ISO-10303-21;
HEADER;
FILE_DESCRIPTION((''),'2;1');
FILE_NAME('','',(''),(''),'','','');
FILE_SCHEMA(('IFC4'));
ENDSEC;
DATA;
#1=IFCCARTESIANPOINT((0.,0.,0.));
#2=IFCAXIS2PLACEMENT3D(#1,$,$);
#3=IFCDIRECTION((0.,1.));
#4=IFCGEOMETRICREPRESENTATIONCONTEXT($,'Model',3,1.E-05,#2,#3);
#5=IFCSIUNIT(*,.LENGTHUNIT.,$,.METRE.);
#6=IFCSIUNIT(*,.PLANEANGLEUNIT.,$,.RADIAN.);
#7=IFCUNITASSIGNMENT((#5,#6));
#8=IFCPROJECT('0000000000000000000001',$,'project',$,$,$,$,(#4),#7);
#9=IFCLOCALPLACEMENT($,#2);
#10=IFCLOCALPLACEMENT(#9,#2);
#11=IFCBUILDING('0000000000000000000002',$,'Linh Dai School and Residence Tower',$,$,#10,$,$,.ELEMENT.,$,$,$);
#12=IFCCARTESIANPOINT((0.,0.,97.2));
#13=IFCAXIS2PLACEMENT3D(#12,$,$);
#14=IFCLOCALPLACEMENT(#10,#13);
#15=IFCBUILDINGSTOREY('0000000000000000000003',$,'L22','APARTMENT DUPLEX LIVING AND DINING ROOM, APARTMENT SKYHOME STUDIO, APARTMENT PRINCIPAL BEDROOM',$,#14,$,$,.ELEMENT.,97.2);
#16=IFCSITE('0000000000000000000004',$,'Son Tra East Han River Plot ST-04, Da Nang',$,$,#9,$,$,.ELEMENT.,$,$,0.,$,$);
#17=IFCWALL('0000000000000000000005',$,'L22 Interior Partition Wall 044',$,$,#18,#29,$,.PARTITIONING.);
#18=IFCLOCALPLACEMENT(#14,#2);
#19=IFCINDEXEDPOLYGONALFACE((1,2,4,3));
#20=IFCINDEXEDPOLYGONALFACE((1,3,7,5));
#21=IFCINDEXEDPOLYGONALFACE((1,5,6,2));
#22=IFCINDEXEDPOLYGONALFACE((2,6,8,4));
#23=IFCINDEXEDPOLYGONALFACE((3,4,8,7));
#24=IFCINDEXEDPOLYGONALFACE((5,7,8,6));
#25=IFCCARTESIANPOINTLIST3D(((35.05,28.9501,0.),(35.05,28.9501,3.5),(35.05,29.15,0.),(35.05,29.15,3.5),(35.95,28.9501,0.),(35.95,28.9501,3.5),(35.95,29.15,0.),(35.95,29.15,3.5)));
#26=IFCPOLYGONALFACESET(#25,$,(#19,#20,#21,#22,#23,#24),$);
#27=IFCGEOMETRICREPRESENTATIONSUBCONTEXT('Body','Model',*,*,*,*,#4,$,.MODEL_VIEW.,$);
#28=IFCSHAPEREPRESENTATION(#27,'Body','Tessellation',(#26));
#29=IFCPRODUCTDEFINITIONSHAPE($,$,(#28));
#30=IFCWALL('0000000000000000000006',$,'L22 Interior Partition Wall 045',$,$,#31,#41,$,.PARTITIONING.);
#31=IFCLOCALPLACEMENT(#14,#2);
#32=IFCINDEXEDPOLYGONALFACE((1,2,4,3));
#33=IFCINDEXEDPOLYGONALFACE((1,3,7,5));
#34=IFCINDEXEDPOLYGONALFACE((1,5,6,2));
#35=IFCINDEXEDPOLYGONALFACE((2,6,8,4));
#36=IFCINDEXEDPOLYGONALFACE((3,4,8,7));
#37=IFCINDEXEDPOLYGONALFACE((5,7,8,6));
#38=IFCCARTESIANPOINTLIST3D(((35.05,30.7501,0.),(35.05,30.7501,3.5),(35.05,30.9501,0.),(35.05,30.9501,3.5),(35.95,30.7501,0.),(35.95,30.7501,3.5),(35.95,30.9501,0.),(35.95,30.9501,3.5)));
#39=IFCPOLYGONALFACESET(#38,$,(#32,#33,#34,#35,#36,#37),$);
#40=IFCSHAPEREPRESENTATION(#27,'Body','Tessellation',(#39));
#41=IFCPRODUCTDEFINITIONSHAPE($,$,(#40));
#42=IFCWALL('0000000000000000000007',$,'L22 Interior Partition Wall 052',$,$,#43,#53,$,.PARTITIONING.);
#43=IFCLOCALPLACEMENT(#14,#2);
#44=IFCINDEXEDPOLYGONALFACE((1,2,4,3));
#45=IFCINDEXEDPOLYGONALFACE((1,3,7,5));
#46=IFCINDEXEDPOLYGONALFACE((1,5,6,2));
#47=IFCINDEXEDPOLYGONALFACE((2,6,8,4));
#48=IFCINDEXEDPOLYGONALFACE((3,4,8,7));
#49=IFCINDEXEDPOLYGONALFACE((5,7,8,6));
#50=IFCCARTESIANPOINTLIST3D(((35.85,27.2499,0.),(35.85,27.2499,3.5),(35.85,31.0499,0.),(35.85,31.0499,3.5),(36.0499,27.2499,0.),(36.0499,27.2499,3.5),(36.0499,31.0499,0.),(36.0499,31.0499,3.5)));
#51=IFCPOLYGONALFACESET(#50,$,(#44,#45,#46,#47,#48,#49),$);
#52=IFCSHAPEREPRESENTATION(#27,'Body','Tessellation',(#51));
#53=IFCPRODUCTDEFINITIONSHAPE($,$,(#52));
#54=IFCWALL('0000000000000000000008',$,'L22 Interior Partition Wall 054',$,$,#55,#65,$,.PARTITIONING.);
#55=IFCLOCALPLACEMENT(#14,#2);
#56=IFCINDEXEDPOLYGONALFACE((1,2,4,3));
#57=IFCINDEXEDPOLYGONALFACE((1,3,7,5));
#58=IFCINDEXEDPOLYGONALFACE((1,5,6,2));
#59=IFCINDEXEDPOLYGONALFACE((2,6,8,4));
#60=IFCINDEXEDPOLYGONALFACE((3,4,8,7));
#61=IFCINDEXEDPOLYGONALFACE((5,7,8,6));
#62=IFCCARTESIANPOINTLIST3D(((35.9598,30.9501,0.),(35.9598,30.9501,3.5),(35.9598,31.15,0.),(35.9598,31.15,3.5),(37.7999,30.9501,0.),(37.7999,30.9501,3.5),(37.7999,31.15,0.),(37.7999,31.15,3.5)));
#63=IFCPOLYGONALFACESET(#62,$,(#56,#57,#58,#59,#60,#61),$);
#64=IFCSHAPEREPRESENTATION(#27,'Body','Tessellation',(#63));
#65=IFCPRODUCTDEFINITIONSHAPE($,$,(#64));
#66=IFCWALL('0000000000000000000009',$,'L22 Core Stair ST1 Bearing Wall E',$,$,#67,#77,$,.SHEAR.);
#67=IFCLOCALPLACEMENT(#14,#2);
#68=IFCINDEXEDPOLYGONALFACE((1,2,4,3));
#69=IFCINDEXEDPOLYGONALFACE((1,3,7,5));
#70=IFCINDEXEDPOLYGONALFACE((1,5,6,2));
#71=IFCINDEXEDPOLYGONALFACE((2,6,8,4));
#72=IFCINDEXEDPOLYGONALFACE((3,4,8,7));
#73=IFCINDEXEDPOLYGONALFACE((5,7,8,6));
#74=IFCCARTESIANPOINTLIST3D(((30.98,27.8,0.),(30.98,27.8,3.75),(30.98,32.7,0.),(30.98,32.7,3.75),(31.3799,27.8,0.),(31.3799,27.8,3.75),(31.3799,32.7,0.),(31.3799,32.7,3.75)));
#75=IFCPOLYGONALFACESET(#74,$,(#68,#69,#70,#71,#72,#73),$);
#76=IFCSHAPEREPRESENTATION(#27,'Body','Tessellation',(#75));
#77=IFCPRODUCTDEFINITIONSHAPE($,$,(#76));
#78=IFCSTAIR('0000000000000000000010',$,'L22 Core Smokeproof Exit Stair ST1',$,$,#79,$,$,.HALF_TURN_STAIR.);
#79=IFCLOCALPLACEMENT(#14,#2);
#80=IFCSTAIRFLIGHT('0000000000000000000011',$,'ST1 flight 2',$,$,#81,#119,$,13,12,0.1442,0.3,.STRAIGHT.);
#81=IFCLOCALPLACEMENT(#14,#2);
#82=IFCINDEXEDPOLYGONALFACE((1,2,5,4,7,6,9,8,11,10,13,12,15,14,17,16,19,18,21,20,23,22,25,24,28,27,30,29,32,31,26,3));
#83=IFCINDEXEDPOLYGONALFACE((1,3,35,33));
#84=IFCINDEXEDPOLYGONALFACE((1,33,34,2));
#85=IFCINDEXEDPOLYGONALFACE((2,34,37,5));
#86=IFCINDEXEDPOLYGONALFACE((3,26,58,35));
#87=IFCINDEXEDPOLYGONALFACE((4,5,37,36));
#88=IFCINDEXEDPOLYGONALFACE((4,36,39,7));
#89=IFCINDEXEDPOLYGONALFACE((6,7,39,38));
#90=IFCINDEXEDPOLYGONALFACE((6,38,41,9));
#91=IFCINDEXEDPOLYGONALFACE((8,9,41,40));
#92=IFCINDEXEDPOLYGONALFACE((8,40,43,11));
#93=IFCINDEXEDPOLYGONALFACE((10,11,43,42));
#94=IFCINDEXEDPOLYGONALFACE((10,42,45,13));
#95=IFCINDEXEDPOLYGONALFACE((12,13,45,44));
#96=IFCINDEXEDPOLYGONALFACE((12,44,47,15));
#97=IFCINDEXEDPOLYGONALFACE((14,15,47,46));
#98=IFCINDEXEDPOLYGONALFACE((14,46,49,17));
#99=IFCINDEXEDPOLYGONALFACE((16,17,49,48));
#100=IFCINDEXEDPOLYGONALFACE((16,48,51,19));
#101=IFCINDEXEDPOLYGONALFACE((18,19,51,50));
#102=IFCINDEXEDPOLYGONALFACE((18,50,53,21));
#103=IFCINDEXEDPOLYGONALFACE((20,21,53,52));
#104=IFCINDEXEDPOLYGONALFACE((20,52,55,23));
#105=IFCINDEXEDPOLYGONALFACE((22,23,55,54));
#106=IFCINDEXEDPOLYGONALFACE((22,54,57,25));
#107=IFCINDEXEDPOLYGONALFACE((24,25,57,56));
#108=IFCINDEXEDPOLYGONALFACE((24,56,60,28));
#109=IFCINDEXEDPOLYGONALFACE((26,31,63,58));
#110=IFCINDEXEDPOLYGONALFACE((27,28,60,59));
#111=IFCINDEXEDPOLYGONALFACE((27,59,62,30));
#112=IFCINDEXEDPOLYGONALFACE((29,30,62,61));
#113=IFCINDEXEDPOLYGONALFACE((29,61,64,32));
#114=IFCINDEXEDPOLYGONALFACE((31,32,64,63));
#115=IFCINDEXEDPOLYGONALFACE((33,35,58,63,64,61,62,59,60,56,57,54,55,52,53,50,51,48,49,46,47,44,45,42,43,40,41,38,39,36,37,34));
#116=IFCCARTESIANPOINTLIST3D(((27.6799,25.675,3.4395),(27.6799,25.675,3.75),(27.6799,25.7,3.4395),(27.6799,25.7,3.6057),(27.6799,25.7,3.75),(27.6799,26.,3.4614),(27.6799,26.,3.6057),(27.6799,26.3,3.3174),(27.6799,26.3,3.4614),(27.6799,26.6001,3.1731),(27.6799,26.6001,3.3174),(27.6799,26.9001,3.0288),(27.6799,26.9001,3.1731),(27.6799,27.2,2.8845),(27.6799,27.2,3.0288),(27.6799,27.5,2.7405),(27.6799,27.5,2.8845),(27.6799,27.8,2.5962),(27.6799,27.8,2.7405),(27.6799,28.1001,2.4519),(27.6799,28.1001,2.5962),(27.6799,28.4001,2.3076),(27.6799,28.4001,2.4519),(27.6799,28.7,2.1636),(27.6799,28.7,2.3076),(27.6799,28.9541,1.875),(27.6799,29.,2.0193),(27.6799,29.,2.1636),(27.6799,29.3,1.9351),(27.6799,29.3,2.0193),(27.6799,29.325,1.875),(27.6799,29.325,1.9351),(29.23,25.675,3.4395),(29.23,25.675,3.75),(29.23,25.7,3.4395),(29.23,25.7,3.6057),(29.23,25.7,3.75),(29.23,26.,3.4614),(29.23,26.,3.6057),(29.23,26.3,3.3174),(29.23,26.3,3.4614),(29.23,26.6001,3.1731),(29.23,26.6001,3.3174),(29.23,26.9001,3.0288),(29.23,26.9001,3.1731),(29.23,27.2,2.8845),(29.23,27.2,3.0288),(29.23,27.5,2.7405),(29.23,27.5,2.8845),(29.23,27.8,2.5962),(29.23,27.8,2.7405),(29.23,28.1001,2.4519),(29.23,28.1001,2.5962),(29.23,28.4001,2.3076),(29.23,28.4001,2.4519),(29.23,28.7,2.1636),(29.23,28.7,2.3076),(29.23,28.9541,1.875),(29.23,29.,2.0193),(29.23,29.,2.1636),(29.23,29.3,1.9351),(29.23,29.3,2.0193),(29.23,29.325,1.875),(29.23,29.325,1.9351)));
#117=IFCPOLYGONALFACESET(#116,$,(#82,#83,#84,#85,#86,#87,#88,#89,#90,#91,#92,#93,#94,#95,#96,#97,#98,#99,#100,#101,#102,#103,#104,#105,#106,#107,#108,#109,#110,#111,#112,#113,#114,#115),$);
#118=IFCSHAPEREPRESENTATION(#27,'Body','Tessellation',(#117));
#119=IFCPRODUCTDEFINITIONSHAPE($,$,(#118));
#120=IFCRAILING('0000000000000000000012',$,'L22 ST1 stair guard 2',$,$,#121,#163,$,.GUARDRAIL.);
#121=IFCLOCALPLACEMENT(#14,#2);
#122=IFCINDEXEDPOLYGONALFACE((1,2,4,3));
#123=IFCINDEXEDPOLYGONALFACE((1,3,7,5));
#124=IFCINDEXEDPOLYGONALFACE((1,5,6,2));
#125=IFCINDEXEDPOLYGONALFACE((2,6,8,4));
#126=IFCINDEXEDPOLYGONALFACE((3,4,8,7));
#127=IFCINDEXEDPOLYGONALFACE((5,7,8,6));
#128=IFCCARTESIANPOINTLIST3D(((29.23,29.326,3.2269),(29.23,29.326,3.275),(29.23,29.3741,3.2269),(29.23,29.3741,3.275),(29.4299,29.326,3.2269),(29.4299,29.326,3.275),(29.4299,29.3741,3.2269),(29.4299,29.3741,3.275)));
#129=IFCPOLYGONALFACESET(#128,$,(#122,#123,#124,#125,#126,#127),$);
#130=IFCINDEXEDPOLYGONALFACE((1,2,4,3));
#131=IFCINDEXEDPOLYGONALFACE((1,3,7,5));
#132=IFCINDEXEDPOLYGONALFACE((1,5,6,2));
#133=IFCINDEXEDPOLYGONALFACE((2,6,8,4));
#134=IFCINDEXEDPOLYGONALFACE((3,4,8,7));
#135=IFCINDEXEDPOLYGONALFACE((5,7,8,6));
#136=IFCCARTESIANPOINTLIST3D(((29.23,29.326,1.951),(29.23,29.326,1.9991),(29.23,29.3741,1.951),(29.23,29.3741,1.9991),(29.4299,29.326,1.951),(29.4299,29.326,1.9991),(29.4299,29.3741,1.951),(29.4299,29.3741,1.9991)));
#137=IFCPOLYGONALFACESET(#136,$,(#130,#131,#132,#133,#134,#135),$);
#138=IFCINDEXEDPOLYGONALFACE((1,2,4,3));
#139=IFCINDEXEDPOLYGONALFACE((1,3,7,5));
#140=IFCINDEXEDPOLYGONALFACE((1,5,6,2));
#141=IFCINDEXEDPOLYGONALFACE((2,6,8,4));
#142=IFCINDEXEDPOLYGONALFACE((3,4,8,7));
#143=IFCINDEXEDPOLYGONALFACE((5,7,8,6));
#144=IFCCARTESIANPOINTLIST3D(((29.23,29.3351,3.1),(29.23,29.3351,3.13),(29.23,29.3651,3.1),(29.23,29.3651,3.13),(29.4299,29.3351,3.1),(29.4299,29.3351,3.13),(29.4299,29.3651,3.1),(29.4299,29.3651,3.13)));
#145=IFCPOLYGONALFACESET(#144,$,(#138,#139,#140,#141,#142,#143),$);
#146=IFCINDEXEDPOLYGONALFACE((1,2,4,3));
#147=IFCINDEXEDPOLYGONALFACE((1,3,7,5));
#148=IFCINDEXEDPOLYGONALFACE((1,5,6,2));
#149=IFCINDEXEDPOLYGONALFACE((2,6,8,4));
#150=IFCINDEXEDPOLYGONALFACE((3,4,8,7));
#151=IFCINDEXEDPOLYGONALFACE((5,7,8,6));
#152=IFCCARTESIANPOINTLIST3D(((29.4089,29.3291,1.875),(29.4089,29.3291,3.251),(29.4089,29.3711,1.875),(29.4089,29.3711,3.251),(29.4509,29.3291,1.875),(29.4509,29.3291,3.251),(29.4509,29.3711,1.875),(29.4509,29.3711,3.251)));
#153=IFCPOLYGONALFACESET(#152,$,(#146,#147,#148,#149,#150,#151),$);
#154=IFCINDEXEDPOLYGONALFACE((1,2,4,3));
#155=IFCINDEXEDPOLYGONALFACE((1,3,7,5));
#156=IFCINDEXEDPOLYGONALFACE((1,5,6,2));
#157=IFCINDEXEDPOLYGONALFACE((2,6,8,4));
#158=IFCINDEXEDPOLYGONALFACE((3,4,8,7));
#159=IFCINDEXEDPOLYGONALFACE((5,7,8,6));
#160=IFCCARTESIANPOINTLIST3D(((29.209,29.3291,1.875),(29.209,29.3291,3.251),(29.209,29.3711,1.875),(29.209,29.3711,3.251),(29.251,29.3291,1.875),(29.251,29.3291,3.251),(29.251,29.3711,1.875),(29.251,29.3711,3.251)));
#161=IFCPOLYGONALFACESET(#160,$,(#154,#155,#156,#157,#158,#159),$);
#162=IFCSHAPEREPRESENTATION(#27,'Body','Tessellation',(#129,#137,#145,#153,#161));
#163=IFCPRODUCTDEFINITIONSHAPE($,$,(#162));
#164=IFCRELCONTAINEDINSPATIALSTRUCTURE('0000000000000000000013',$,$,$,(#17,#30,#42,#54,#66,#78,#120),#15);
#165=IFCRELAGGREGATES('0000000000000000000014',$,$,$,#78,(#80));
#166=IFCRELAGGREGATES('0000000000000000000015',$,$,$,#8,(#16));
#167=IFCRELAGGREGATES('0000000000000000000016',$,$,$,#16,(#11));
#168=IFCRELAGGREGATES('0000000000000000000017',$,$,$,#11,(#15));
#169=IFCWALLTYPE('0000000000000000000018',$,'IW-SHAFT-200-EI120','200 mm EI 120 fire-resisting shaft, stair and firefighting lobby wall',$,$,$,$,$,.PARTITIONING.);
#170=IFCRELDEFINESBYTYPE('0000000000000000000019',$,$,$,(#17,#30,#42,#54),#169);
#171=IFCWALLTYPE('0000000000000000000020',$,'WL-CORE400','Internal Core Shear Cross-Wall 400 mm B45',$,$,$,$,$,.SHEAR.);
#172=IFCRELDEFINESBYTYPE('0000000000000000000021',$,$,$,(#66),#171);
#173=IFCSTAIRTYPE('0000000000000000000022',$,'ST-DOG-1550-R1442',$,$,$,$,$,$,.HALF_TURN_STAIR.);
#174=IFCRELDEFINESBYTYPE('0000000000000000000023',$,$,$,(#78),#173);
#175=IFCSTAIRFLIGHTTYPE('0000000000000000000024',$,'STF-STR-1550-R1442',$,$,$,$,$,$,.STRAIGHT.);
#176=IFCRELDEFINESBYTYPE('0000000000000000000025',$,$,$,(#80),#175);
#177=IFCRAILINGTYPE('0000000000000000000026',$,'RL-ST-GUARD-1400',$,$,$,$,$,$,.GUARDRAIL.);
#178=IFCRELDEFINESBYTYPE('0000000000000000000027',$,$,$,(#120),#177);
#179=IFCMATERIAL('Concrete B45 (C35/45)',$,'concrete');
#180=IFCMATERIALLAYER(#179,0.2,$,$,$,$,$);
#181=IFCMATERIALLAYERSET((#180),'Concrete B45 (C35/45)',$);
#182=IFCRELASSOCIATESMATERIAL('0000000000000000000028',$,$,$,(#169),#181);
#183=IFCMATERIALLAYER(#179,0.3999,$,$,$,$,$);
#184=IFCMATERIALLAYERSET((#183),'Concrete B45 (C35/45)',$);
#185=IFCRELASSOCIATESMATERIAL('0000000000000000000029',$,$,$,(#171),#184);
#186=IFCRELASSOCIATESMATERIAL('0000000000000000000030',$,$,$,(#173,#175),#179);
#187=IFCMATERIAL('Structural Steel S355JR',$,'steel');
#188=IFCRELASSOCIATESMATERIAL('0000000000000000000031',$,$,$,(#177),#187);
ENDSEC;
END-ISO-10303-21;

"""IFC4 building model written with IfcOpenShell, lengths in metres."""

from ifc_helpers import new_model, si_unit, direction, frame, frame_2d, origin, origin_2d, place, context, subcontext, project, spatial, polyline, rectangle, outline, extrude, source, transform, mapped, material, layer, layer_set, type_object, element, aggregate, save


model = new_model("IFC4")

# Units and contexts
model_context = context("Model", 3, precision=1e-05, world=origin(), true_north=direction((0.0, 1.0)))
body_context = subcontext(model_context, "Body", "Model", "MODEL_VIEW")
ifc_project = project(units=[si_unit("LENGTHUNIT", "METRE"), si_unit("PLANEANGLEUNIT", "RADIAN")], contexts=[model_context])

# Site, building, storey
site_placement = place(None, origin())
site = spatial("IfcSite", under=ifc_project, at=site_placement, Name="Son Tra East Han River Plot ST-04, Da Nang", CompositionType="ELEMENT", RefElevation=0.0)
building_placement = place(site_placement, origin())
building = spatial("IfcBuilding", under=site, at=building_placement, Name="Linh Dai School and Residence Tower", CompositionType="ELEMENT")
storey_placement = place(building_placement, frame((0.0, 0.0, 97.2)))
storey = spatial("IfcBuildingStorey", under=building, at=storey_placement, Name="L22", Description="APARTMENT DUPLEX LIVING AND DINING ROOM, APARTMENT SKYHOME STUDIO, APARTMENT PRINCIPAL BEDROOM", CompositionType="ELEMENT", Elevation=97.2)

# Shared definitions
ifc_material_1 = material(Name="Structural Steel S355JR", Category="steel")

# Shared definitions
ifc_material_2 = material(Name="Concrete B45 (C35/45)", Category="concrete")
ifc_layer_1 = layer(ifc_material_2, 0.2)
ifc_layer_set_1 = layer_set([ifc_layer_1], Name="Concrete B45 (C35/45)")
wall_type_1 = type_object("IfcWallType", Name="IW-SHAFT-200-EI120", Description="200 mm EI 120 fire-resisting shaft, stair and firefighting lobby wall", PredefinedType="PARTITIONING", material=ifc_layer_set_1)

# Walls
for number, where, z_axis, x_axis, name in (
    (1, (35.05, 29.05, 0.0), (0.0, 0.0, 1.0), (1.0, 0.0, 0.0), "L22 Interior Partition Wall 044"),
    (2, (35.05, 30.8501, 0.0), (0.0, 0.0, 1.0), (1.0, 0.0, 0.0), "L22 Interior Partition Wall 045"),
):
    element("IfcWall", number, at=place(storey_placement, frame(where, z_axis=z_axis, x_axis=x_axis)), inside=storey, type_object=wall_type_1, Name=name, PredefinedType="PARTITIONING", context=body_context, shape_type="SweptSolid", body=[
        extrude(rectangle(XDim=0.8999, YDim=0.2, at=frame_2d((0.45, 0.0))), origin(), (0.0, 0.0, 1.0), 3.5),
    ])
wall_1_placement = place(storey_placement, frame((35.95, 27.25, 0.0), z_axis=(0.0, 0.0, 1.0), x_axis=(0.0, 1.0, 0.0)))
element("IfcWall", 3, at=wall_1_placement, inside=storey, type_object=wall_type_1, Name="L22 Interior Partition Wall 052", PredefinedType="PARTITIONING", context=body_context, shape_type="SweptSolid", body=[
    extrude(rectangle(XDim=3.8, YDim=0.2, at=frame_2d((1.8999, 0.0))), origin(), (0.0, 0.0, 1.0), 3.5),
])

# Walls
wall_2_placement = place(storey_placement, frame((35.96, 31.05, 0.0), z_axis=(0.0, 0.0, 1.0), x_axis=(1.0, 0.0, 0.0)))
element("IfcWall", 4, at=wall_2_placement, inside=storey, type_object=wall_type_1, Name="L22 Interior Partition Wall 054", PredefinedType="PARTITIONING", context=body_context, shape_type="SweptSolid", body=[
    extrude(rectangle(XDim=1.8401, YDim=0.2, at=frame_2d((0.9199, 0.0))), origin(), (0.0, 0.0, 1.0), 3.5),
])
ifc_layer_2 = layer(ifc_material_2, 0.3999)
ifc_layer_set_2 = layer_set([ifc_layer_2], Name="Concrete B45 (C35/45)")
wall_type_2 = type_object("IfcWallType", Name="WL-CORE400", Description="Internal Core Shear Cross-Wall 400 mm B45", PredefinedType="SHEAR", material=ifc_layer_set_2)
wall_3_placement = place(storey_placement, frame((31.1799, 27.8, 0.0), z_axis=(0.0, 0.0, 1.0), x_axis=(0.0, 1.0, 0.0)))
element("IfcWall", 5, at=wall_3_placement, inside=storey, type_object=wall_type_2, Name="L22 Core Stair ST1 Bearing Wall E", PredefinedType="SHEAR", context=body_context, shape_type="SweptSolid", body=[
    extrude(rectangle(XDim=4.8999, YDim=0.3999, at=frame_2d((2.45, 0.0))), origin(), (0.0, 0.0, 1.0), 3.75),
])

# Stair, stair flight
stair_type = type_object("IfcStairType", Name="ST-DOG-1550-R1442", PredefinedType="HALF_TURN_STAIR", material=ifc_material_2)
stair_placement = place(storey_placement, origin())
stair = element("IfcStair", 6, at=stair_placement, inside=storey, type_object=stair_type, Name="L22 Core Smokeproof Exit Stair ST1", PredefinedType="HALF_TURN_STAIR")
stair_flight_type = type_object("IfcStairFlightType", Name="STF-STR-1550-R1442", PredefinedType="STRAIGHT", material=ifc_material_2)
shared_shape_1 = source(origin(), body_context, "Body", "SweptSolid", [
    extrude(outline(polyline([(-0.0249, 0.0), (-0.0249, 0.0601), (0.0, 0.0601), (0.0, 0.1443), (0.3, 0.1443), (0.3, 0.2886), (0.6001, 0.2886), (0.6001, 0.4326), (0.8999, 0.4326), (0.8999, 0.5769), (1.2, 0.5769), (1.2, 0.7212), (1.5, 0.7212), (1.5, 0.8655), (1.8, 0.8655), (1.8, 1.0095), (2.1001, 1.0095), (2.1001, 1.1538), (2.3999, 1.1538), (2.3999, 1.2981), (2.7, 1.2981), (2.7, 1.4424), (3.0, 1.4424), (3.0, 1.5864), (3.3, 1.5864), (3.3, 1.7307), (3.6001, 1.7307), (3.6001, 1.875), (3.625, 1.875), (3.625, 1.5645), (3.6001, 1.5645), (0.3459, 0.0), (-0.0249, 0.0)])), frame((0.0, 0.7749, 0.0), z_axis=(0.0, -1.0, 0.0), x_axis=(1.0, 0.0, 0.0)), (0.0, 0.0, 1.0), 1.55),
])
stair_flight_placement = place(storey_placement, frame((28.4551, 29.3, 1.875), z_axis=(0.0, 0.0, 1.0), x_axis=(0.0, -1.0, 0.0)))
stair_flight = element("IfcStairFlight", 7, at=stair_flight_placement, type_object=stair_flight_type, Name="ST1 flight 2", NumberOfRisers=13, NumberOfTreads=12, PredefinedType="STRAIGHT", RiserHeight=0.1442, TreadLength=0.3, context=body_context, shape_type="MappedRepresentation", body=[
    mapped(shared_shape_1, transform((0.0, 0.0, 0.0), x_axis=(1.0, 0.0, 0.0), y_axis=(0.0, 1.0, 0.0), z_axis=(0.0, 0.0, 1.0), scale=1.0)),
])
aggregate(stair, [stair_flight])

# Railing
railing_type_1 = type_object("IfcRailingType", Name="RL-ST-GUARD-1400", PredefinedType="GUARDRAIL", material=ifc_material_1)
shared_shape_2 = source(origin(), body_context, "Body", "SweptSolid", [
    extrude(rectangle(XDim=0.0481, YDim=0.0481, at=origin_2d()), frame((0.0, 0.0, 1.376), z_axis=(-1.0, 0.0, 0.0), x_axis=(0.0, -1.0, 0.0)), (0.0, 0.0, 1.0), 0.2),
    extrude(rectangle(XDim=0.0481, YDim=0.0481, at=origin_2d()), frame((0.0, 0.0, 0.1001), z_axis=(-1.0, 0.0, 0.0), x_axis=(0.0, -1.0, 0.0)), (0.0, 0.0, 1.0), 0.2),
    extrude(rectangle(XDim=0.03, YDim=0.03, at=origin_2d()), frame((0.0, 0.0, 1.24), z_axis=(-1.0, 0.0, 0.0), x_axis=(0.0, -1.0, 0.0)), (0.0, 0.0, 1.0), 0.2),
    extrude(rectangle(XDim=0.042, YDim=0.042, at=origin_2d()), origin(), (0.0, 0.0, 1.0), 1.376),
    extrude(rectangle(XDim=0.042, YDim=0.042, at=origin_2d()), frame((-0.2, 0.0, 0.0)), (0.0, 0.0, 1.0), 1.376),
])
railing_1_placement = place(storey_placement, frame((29.4299, 29.3501, 1.875)))
element("IfcRailing", 8, at=railing_1_placement, inside=storey, type_object=railing_type_1, Name="L22 ST1 stair guard 2", PredefinedType="GUARDRAIL", context=body_context, shape_type="MappedRepresentation", body=[
    mapped(shared_shape_2, transform((0.0, 0.0, 0.0), x_axis=(1.0, 0.0, 0.0), y_axis=(0.0, 1.0, 0.0), z_axis=(0.0, 0.0, 1.0), scale=1.0)),
])

save(model, "model.ifc")
